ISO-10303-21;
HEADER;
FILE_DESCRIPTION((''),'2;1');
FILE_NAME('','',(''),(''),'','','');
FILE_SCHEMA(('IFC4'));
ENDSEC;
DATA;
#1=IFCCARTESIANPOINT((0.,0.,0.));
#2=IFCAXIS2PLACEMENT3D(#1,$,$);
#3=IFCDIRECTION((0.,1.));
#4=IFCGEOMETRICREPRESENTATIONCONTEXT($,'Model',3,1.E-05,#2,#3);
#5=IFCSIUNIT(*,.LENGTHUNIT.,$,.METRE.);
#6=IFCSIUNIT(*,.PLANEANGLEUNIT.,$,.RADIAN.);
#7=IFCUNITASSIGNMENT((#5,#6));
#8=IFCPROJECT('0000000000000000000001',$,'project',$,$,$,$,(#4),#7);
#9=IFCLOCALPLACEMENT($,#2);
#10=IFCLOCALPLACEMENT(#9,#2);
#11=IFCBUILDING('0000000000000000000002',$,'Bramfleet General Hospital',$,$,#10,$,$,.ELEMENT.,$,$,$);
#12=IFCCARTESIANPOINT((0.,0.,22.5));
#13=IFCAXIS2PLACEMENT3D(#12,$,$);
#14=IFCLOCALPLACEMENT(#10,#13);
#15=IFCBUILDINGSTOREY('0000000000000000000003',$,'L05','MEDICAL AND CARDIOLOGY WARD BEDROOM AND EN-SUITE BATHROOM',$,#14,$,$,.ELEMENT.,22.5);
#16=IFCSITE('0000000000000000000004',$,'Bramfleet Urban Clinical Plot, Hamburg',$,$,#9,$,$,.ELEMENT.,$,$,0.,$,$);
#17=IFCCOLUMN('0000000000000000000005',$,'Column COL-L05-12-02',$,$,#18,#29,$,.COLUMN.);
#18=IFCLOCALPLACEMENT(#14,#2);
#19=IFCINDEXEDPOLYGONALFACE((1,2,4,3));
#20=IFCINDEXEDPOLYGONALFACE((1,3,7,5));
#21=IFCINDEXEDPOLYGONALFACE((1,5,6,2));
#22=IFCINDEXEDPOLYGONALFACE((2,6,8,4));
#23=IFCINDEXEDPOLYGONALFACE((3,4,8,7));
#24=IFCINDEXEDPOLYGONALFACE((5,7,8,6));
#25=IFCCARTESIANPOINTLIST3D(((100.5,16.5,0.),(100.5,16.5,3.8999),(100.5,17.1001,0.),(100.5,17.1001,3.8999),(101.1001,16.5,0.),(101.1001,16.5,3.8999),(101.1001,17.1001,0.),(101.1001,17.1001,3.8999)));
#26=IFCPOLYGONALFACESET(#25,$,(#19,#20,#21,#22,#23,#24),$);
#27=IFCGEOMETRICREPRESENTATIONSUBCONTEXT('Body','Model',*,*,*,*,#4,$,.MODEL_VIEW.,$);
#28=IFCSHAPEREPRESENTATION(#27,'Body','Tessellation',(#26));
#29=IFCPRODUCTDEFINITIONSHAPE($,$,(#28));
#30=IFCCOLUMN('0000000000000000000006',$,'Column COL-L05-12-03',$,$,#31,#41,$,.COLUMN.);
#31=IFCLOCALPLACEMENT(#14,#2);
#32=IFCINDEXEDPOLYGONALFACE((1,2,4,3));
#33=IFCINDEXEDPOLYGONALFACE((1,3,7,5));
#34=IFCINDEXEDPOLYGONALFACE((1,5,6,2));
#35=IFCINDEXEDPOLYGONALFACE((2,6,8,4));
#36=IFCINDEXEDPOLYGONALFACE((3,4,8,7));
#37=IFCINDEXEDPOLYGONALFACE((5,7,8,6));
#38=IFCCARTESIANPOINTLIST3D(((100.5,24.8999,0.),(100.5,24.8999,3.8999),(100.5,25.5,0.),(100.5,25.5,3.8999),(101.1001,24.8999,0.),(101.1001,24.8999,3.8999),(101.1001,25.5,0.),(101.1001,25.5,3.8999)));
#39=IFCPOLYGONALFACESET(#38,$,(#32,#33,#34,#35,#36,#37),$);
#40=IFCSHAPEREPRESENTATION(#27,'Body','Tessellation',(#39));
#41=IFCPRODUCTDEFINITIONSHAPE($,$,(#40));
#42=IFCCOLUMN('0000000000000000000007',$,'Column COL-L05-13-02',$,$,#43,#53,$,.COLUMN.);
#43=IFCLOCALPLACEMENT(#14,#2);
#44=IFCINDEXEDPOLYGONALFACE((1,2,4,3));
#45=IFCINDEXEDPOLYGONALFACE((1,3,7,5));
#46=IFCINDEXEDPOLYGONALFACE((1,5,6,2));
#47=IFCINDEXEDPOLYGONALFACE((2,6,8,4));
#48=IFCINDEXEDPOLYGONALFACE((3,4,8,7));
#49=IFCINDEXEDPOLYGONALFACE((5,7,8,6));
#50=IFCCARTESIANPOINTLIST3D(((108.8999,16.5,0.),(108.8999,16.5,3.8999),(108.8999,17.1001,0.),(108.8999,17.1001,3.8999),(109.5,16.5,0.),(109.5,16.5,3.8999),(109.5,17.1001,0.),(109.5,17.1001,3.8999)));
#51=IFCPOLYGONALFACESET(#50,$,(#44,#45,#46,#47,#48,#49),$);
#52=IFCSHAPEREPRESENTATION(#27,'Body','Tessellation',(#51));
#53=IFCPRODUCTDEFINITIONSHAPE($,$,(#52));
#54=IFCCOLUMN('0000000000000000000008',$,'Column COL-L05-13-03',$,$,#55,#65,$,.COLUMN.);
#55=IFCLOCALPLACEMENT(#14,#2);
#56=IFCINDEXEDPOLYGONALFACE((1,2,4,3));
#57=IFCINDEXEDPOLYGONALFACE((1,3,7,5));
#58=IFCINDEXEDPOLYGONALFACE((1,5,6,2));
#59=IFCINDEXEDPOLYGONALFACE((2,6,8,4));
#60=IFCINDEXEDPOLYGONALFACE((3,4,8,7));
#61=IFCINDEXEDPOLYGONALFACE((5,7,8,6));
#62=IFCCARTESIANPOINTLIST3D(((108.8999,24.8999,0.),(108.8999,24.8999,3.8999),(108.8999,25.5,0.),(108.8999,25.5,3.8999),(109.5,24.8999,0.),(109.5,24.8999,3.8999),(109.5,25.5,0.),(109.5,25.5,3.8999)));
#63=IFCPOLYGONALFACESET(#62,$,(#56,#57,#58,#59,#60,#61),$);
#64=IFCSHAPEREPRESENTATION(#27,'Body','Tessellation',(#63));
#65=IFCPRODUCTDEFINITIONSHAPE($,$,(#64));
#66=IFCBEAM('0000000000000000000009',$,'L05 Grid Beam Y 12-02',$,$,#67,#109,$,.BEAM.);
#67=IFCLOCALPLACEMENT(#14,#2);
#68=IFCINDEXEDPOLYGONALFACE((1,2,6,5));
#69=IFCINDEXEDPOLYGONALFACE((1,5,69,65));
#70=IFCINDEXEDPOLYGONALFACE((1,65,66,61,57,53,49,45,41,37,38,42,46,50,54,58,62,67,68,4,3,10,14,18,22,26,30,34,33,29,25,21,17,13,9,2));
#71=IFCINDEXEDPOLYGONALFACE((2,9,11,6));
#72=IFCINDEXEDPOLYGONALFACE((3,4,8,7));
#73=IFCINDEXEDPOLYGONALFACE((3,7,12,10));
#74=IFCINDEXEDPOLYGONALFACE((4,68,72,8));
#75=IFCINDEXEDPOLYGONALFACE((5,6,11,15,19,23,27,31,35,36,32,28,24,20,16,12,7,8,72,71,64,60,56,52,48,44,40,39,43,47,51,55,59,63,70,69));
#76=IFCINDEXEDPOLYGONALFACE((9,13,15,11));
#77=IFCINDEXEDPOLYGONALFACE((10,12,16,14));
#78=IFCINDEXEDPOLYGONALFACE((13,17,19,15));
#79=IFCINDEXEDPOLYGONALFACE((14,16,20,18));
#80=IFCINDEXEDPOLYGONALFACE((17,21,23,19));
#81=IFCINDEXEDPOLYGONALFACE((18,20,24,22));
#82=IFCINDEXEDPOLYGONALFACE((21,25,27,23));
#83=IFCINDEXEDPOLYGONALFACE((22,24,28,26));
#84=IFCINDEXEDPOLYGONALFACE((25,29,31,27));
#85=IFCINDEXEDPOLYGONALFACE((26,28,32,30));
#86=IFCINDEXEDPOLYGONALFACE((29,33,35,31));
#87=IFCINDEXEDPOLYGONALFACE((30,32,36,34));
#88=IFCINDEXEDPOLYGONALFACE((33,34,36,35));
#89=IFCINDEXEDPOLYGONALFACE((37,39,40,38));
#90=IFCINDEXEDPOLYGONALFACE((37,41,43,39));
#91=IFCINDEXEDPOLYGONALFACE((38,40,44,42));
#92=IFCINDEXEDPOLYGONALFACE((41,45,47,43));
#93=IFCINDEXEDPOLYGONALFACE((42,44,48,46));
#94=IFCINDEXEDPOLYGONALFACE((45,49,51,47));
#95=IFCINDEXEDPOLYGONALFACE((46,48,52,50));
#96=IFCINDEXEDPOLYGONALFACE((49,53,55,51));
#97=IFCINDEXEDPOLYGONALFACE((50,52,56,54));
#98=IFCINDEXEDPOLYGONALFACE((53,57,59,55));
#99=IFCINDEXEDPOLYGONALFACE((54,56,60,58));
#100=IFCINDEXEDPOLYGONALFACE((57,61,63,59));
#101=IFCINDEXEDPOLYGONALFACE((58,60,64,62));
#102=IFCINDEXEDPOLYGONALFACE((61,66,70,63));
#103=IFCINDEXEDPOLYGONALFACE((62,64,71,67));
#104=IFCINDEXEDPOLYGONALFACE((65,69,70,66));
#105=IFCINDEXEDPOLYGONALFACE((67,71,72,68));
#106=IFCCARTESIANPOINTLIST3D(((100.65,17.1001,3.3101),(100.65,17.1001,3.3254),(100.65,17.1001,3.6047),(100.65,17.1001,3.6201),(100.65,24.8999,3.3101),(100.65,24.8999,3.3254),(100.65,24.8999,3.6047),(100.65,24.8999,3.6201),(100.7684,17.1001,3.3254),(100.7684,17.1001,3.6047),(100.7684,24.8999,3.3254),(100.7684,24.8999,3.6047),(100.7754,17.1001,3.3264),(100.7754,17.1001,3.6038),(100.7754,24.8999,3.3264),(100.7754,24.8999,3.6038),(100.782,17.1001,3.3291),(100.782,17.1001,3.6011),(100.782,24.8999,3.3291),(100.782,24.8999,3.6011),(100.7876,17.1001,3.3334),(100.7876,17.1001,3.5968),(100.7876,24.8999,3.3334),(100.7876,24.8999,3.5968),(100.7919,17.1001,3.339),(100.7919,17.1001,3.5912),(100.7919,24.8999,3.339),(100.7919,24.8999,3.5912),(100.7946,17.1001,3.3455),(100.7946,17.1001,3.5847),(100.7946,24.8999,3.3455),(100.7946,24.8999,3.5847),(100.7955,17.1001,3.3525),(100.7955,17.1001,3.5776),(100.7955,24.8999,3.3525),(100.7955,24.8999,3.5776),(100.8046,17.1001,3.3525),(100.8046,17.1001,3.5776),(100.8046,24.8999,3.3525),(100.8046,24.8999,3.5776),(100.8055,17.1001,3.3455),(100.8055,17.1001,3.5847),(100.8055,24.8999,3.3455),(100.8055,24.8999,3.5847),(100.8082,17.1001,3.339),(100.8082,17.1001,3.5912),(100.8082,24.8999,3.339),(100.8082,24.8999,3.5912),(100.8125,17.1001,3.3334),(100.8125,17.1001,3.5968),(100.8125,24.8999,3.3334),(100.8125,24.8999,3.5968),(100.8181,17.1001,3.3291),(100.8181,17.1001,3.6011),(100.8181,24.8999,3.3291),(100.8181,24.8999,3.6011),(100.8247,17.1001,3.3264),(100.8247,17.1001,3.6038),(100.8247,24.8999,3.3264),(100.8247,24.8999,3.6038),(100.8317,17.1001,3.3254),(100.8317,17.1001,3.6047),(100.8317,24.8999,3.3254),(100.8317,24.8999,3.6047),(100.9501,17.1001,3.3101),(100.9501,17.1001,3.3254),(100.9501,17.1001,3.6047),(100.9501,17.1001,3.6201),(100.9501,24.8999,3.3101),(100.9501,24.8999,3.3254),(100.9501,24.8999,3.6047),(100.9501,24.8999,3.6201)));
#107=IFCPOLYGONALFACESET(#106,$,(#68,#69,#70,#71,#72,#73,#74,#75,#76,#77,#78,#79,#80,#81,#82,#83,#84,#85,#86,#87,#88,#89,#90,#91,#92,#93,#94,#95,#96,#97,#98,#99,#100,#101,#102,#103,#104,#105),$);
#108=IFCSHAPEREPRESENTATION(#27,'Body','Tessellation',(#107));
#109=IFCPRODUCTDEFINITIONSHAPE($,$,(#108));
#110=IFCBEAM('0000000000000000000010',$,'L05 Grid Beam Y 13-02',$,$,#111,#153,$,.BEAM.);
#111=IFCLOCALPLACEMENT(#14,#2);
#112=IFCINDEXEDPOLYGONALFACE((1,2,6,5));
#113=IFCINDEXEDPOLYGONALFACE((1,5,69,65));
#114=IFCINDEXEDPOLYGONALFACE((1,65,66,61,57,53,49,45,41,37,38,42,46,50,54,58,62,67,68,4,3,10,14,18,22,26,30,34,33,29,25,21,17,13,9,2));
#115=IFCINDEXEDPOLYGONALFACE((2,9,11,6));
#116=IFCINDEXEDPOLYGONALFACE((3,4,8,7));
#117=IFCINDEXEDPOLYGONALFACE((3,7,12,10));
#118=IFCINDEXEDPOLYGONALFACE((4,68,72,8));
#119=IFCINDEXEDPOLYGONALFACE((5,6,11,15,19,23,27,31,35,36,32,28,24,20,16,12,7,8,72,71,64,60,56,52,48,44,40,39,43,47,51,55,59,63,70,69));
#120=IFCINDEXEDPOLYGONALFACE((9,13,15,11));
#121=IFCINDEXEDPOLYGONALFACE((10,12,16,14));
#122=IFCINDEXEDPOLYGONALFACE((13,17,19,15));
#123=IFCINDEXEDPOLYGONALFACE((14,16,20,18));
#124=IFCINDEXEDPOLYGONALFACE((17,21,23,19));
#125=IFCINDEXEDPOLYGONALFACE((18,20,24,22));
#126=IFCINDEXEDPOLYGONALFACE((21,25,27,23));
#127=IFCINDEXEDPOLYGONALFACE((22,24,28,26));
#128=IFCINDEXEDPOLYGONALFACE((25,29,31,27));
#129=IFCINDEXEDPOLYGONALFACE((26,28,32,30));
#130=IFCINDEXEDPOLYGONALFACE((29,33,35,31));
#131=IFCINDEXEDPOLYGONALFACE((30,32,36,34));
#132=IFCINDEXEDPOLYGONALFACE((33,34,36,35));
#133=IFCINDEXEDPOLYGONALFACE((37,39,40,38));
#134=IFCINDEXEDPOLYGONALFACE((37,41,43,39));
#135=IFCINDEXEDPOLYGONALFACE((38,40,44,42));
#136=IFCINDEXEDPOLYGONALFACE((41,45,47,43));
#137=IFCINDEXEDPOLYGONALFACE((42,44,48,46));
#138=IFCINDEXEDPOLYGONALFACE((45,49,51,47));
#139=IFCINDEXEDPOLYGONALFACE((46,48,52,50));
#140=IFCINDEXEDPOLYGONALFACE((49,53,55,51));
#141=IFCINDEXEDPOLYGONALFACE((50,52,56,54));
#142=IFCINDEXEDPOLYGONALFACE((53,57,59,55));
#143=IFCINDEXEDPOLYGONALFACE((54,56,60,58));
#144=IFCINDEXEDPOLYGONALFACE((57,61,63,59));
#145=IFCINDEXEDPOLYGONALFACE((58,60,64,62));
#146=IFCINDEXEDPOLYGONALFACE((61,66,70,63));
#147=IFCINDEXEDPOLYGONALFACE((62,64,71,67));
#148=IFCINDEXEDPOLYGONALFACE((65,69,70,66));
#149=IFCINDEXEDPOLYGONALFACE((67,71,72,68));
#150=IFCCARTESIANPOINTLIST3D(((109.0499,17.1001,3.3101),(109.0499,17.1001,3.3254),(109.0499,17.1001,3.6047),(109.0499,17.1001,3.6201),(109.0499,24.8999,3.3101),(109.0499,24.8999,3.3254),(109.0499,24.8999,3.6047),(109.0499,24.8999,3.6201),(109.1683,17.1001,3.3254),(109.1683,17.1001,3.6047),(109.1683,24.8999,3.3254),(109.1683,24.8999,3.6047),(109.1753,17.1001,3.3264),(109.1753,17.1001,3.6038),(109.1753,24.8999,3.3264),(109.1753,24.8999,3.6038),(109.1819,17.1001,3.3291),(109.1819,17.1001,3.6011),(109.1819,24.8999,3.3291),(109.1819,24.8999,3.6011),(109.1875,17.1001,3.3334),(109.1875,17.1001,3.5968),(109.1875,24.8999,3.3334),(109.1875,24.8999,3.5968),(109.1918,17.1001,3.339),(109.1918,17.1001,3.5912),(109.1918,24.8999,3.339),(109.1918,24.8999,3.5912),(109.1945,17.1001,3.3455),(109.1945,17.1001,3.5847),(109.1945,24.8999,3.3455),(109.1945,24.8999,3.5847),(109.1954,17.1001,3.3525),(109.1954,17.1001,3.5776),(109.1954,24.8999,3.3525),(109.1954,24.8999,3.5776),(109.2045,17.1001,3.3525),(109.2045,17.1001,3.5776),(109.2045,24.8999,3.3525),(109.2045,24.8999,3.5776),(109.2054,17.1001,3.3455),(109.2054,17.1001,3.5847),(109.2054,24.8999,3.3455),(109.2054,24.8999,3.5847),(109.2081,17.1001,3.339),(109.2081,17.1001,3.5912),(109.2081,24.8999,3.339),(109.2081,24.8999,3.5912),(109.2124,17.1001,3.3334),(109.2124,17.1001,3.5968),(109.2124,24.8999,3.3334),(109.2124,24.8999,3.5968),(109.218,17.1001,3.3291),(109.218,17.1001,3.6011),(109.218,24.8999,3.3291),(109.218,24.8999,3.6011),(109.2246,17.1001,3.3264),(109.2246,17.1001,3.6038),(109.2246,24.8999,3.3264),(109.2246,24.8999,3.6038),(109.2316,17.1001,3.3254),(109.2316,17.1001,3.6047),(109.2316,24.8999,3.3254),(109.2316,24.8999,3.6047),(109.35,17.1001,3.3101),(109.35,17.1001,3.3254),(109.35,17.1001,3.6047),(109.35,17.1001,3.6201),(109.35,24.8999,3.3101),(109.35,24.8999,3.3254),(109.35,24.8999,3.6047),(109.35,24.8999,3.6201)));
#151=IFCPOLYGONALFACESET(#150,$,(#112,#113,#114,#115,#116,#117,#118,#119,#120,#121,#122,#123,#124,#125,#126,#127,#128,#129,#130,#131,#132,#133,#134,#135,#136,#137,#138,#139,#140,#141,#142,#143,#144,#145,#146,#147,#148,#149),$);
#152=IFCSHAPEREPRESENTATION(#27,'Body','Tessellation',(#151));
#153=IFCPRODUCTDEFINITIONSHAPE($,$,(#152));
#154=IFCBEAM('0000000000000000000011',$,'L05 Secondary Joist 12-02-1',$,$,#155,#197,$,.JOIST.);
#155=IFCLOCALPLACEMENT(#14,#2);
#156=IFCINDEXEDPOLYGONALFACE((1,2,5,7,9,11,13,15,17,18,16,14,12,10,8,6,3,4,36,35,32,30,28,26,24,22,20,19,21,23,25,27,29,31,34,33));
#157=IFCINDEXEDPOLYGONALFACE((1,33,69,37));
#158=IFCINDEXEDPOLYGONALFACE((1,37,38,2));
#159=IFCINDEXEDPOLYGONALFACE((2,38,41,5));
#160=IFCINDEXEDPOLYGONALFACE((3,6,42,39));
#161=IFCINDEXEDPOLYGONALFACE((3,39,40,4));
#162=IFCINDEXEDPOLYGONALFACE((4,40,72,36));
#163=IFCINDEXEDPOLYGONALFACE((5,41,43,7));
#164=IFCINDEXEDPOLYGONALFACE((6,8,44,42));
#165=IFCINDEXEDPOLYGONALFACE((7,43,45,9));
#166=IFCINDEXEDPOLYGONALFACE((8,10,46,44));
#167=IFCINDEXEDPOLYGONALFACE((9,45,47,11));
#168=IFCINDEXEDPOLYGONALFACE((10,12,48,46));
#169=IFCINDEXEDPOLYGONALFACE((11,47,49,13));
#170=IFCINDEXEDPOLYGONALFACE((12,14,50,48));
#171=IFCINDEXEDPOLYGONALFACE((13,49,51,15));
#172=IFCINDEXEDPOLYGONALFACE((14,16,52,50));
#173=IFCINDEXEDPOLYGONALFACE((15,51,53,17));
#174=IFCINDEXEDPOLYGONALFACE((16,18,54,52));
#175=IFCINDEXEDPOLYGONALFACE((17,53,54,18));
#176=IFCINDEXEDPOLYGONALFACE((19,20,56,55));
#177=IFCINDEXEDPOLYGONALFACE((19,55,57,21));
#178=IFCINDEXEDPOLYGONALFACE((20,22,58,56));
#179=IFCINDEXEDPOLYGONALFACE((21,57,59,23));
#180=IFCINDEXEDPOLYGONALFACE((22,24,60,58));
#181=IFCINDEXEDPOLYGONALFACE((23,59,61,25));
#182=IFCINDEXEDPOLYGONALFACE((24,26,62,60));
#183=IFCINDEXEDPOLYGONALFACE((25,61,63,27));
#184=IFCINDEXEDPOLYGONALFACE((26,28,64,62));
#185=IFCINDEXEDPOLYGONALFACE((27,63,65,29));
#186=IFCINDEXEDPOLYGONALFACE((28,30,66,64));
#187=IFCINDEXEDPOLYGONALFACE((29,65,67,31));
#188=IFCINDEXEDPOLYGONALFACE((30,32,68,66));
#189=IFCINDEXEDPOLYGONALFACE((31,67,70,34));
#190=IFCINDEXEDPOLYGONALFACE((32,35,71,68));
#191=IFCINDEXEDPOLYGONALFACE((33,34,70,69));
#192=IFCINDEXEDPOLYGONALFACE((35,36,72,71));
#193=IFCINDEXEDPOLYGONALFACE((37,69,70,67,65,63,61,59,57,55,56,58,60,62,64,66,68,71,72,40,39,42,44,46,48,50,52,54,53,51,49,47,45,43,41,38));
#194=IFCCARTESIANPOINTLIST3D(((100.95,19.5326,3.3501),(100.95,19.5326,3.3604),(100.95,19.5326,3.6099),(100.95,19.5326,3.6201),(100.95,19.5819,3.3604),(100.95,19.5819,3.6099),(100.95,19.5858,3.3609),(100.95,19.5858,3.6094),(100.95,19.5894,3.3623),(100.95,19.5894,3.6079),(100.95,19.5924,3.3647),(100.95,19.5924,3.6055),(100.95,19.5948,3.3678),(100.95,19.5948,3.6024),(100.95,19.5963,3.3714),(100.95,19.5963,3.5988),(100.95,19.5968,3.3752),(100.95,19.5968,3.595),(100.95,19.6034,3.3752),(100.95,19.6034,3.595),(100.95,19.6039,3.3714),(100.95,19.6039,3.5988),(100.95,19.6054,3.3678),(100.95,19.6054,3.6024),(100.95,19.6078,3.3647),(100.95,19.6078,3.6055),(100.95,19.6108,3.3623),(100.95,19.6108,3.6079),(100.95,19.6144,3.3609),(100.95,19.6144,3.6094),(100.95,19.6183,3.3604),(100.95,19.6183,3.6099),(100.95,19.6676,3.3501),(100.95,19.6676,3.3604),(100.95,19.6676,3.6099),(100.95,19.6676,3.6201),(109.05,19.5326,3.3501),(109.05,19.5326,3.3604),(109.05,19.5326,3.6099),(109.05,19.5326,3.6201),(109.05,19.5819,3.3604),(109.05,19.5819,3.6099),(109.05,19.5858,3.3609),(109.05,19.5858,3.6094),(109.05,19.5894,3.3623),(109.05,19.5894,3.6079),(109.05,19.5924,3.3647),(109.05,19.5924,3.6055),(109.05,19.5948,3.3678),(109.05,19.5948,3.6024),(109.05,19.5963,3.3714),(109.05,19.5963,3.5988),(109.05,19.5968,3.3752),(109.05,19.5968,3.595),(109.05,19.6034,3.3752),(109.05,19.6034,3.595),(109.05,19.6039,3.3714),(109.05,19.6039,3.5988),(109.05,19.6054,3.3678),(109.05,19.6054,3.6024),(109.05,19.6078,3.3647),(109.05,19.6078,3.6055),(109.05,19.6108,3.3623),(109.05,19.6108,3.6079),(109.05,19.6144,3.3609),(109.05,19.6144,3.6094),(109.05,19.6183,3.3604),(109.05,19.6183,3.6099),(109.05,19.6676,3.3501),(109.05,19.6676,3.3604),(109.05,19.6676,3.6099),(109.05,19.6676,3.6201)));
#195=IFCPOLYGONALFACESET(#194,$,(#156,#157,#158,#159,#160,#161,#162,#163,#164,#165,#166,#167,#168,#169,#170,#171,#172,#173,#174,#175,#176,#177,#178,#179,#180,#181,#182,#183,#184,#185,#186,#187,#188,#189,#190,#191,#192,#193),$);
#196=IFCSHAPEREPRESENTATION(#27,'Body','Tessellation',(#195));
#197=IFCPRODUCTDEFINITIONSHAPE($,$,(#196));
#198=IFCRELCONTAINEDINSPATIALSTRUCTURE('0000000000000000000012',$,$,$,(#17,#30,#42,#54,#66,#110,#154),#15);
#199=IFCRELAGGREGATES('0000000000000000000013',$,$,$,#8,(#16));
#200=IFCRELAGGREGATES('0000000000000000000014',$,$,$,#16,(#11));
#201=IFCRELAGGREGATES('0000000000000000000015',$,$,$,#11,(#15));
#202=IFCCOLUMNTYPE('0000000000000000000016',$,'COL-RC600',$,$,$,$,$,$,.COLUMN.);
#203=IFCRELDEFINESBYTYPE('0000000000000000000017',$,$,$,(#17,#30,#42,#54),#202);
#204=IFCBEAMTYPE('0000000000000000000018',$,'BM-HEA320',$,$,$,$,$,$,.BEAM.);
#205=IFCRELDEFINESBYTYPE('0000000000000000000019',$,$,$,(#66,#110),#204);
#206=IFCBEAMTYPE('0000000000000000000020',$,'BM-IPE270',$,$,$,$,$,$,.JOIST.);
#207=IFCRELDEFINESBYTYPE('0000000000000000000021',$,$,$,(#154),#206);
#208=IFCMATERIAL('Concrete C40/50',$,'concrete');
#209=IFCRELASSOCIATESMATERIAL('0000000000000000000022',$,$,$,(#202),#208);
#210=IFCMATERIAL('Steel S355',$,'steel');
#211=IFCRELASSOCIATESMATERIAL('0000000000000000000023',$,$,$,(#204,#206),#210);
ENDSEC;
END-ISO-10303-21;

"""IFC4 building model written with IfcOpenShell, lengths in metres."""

from ifc_helpers import new_model, si_unit, direction, frame, origin, origin_2d, place, context, subcontext, project, spatial, rectangle, i_section, extrude, material, material_profile, profile_set, type_object, element, save


model = new_model("IFC4")

# Units and contexts
model_context = context("Model", 3, precision=1e-05, world=origin(), true_north=direction((0.0, 1.0)))
body_context = subcontext(model_context, "Body", "Model", "MODEL_VIEW")
ifc_project = project(units=[si_unit("LENGTHUNIT", "METRE"), si_unit("PLANEANGLEUNIT", "RADIAN")], contexts=[model_context])

# Site, building, storey
site_placement = place(None, origin())
site = spatial("IfcSite", under=ifc_project, at=site_placement, Name="Bramfleet Urban Clinical Plot, Hamburg", CompositionType="ELEMENT", RefElevation=0.0)
building_placement = place(site_placement, origin())
building = spatial("IfcBuilding", under=site, at=building_placement, Name="Bramfleet General Hospital", CompositionType="ELEMENT")
storey_placement = place(building_placement, frame((0.0, 0.0, 22.5)))
storey = spatial("IfcBuildingStorey", under=building, at=storey_placement, Name="L05", Description="MEDICAL AND CARDIOLOGY WARD BEDROOM AND EN-SUITE BATHROOM", CompositionType="ELEMENT", Elevation=22.5)

# Columns
ifc_material_1 = material(Name="Concrete C40/50", Category="concrete")
ifc_material_profile_1 = material_profile(ifc_material_1, rectangle(XDim=0.6001, YDim=0.6001, at=origin_2d()), Name="RC COL 600x600")
ifc_profile_set_1 = profile_set([ifc_material_profile_1], Name="Concrete C40/50")
column_type = type_object("IfcColumnType", Name="COL-RC600", PredefinedType="COLUMN", material=ifc_profile_set_1)
for number, where, z_axis, x_axis, name in (
    (1, (100.8, 16.8, 0.0), (0.0, 0.0, 1.0), (1.0, 0.0, 0.0), "Column COL-L05-12-02"),
    (2, (100.8, 25.2, 0.0), (0.0, 0.0, 1.0), (1.0, 0.0, 0.0), "Column COL-L05-12-03"),
    (3, (109.2, 16.8, 0.0), (0.0, 0.0, 1.0), (1.0, 0.0, 0.0), "Column COL-L05-13-02"),
    (4, (109.2, 25.2, 0.0), (0.0, 0.0, 1.0), (1.0, 0.0, 0.0), "Column COL-L05-13-03"),
):
    element("IfcColumn", number, at=place(storey_placement, frame(where, z_axis=z_axis, x_axis=x_axis)), inside=storey, type_object=column_type, Name=name, PredefinedType="COLUMN", context=body_context, shape_type="SweptSolid", body=[
        extrude(rectangle(XDim=0.6001, YDim=0.6001, at=origin_2d()), origin(), (0.0, 0.0, 1.0), 3.8999),
    ])

# Beams
ifc_material_2 = material(Name="Steel S355", Category="steel")
ifc_material_profile_2 = material_profile(ifc_material_2, i_section(OverallWidth=0.3, OverallDepth=0.3101, WebThickness=0.009, FlangeThickness=0.0154, FilletRadius=0.0271, at=origin_2d()), Name="HEA 320")
ifc_profile_set_2 = profile_set([ifc_material_profile_2], Name="Steel S355")
beam_type_1 = type_object("IfcBeamType", Name="BM-HEA320", PredefinedType="BEAM", material=ifc_profile_set_2)
for number, where, z_axis, x_axis, name in (
    (5, (100.8, 17.1001, 3.4651), (0.0, 1.0, 0.0), (-1.0, 0.0, 0.0), "L05 Grid Beam Y 12-02"),
    (6, (109.2, 17.1001, 3.4651), (0.0, 1.0, 0.0), (-1.0, 0.0, 0.0), "L05 Grid Beam Y 13-02"),
):
    element("IfcBeam", number, at=place(storey_placement, frame(where, z_axis=z_axis, x_axis=x_axis)), inside=storey, type_object=beam_type_1, Name=name, PredefinedType="BEAM", context=body_context, shape_type="SweptSolid", body=[
        extrude(i_section(OverallWidth=0.3, OverallDepth=0.3101, WebThickness=0.009, FlangeThickness=0.0154, FilletRadius=0.0271, at=origin_2d()), origin(), (0.0, 0.0, 1.0), 7.7998),
    ])
ifc_material_profile_3 = material_profile(ifc_material_2, i_section(OverallWidth=0.135, OverallDepth=0.27, WebThickness=0.0066, FlangeThickness=0.0103, FilletRadius=0.0149, at=origin_2d()), Name="IPE 270")
ifc_profile_set_3 = profile_set([ifc_material_profile_3], Name="Steel S355")
beam_type_2 = type_object("IfcBeamType", Name="BM-IPE270", PredefinedType="JOIST", material=ifc_profile_set_3)
for number, where, z_axis, x_axis, name in (
    (7, (100.95, 19.6001, 3.4851), (1.0, 0.0, 0.0), (0.0, 1.0, 0.0), "L05 Secondary Joist 12-02-1"),
):
    element("IfcBeam", number, at=place(storey_placement, frame(where, z_axis=z_axis, x_axis=x_axis)), inside=storey, type_object=beam_type_2, Name=name, PredefinedType="JOIST", context=body_context, shape_type="SweptSolid", body=[
        extrude(i_section(OverallWidth=0.135, OverallDepth=0.27, WebThickness=0.0066, FlangeThickness=0.0103, FilletRadius=0.0149, at=origin_2d()), origin(), (0.0, 0.0, 1.0), 8.1001),
    ])

save(model, "model.ifc")
